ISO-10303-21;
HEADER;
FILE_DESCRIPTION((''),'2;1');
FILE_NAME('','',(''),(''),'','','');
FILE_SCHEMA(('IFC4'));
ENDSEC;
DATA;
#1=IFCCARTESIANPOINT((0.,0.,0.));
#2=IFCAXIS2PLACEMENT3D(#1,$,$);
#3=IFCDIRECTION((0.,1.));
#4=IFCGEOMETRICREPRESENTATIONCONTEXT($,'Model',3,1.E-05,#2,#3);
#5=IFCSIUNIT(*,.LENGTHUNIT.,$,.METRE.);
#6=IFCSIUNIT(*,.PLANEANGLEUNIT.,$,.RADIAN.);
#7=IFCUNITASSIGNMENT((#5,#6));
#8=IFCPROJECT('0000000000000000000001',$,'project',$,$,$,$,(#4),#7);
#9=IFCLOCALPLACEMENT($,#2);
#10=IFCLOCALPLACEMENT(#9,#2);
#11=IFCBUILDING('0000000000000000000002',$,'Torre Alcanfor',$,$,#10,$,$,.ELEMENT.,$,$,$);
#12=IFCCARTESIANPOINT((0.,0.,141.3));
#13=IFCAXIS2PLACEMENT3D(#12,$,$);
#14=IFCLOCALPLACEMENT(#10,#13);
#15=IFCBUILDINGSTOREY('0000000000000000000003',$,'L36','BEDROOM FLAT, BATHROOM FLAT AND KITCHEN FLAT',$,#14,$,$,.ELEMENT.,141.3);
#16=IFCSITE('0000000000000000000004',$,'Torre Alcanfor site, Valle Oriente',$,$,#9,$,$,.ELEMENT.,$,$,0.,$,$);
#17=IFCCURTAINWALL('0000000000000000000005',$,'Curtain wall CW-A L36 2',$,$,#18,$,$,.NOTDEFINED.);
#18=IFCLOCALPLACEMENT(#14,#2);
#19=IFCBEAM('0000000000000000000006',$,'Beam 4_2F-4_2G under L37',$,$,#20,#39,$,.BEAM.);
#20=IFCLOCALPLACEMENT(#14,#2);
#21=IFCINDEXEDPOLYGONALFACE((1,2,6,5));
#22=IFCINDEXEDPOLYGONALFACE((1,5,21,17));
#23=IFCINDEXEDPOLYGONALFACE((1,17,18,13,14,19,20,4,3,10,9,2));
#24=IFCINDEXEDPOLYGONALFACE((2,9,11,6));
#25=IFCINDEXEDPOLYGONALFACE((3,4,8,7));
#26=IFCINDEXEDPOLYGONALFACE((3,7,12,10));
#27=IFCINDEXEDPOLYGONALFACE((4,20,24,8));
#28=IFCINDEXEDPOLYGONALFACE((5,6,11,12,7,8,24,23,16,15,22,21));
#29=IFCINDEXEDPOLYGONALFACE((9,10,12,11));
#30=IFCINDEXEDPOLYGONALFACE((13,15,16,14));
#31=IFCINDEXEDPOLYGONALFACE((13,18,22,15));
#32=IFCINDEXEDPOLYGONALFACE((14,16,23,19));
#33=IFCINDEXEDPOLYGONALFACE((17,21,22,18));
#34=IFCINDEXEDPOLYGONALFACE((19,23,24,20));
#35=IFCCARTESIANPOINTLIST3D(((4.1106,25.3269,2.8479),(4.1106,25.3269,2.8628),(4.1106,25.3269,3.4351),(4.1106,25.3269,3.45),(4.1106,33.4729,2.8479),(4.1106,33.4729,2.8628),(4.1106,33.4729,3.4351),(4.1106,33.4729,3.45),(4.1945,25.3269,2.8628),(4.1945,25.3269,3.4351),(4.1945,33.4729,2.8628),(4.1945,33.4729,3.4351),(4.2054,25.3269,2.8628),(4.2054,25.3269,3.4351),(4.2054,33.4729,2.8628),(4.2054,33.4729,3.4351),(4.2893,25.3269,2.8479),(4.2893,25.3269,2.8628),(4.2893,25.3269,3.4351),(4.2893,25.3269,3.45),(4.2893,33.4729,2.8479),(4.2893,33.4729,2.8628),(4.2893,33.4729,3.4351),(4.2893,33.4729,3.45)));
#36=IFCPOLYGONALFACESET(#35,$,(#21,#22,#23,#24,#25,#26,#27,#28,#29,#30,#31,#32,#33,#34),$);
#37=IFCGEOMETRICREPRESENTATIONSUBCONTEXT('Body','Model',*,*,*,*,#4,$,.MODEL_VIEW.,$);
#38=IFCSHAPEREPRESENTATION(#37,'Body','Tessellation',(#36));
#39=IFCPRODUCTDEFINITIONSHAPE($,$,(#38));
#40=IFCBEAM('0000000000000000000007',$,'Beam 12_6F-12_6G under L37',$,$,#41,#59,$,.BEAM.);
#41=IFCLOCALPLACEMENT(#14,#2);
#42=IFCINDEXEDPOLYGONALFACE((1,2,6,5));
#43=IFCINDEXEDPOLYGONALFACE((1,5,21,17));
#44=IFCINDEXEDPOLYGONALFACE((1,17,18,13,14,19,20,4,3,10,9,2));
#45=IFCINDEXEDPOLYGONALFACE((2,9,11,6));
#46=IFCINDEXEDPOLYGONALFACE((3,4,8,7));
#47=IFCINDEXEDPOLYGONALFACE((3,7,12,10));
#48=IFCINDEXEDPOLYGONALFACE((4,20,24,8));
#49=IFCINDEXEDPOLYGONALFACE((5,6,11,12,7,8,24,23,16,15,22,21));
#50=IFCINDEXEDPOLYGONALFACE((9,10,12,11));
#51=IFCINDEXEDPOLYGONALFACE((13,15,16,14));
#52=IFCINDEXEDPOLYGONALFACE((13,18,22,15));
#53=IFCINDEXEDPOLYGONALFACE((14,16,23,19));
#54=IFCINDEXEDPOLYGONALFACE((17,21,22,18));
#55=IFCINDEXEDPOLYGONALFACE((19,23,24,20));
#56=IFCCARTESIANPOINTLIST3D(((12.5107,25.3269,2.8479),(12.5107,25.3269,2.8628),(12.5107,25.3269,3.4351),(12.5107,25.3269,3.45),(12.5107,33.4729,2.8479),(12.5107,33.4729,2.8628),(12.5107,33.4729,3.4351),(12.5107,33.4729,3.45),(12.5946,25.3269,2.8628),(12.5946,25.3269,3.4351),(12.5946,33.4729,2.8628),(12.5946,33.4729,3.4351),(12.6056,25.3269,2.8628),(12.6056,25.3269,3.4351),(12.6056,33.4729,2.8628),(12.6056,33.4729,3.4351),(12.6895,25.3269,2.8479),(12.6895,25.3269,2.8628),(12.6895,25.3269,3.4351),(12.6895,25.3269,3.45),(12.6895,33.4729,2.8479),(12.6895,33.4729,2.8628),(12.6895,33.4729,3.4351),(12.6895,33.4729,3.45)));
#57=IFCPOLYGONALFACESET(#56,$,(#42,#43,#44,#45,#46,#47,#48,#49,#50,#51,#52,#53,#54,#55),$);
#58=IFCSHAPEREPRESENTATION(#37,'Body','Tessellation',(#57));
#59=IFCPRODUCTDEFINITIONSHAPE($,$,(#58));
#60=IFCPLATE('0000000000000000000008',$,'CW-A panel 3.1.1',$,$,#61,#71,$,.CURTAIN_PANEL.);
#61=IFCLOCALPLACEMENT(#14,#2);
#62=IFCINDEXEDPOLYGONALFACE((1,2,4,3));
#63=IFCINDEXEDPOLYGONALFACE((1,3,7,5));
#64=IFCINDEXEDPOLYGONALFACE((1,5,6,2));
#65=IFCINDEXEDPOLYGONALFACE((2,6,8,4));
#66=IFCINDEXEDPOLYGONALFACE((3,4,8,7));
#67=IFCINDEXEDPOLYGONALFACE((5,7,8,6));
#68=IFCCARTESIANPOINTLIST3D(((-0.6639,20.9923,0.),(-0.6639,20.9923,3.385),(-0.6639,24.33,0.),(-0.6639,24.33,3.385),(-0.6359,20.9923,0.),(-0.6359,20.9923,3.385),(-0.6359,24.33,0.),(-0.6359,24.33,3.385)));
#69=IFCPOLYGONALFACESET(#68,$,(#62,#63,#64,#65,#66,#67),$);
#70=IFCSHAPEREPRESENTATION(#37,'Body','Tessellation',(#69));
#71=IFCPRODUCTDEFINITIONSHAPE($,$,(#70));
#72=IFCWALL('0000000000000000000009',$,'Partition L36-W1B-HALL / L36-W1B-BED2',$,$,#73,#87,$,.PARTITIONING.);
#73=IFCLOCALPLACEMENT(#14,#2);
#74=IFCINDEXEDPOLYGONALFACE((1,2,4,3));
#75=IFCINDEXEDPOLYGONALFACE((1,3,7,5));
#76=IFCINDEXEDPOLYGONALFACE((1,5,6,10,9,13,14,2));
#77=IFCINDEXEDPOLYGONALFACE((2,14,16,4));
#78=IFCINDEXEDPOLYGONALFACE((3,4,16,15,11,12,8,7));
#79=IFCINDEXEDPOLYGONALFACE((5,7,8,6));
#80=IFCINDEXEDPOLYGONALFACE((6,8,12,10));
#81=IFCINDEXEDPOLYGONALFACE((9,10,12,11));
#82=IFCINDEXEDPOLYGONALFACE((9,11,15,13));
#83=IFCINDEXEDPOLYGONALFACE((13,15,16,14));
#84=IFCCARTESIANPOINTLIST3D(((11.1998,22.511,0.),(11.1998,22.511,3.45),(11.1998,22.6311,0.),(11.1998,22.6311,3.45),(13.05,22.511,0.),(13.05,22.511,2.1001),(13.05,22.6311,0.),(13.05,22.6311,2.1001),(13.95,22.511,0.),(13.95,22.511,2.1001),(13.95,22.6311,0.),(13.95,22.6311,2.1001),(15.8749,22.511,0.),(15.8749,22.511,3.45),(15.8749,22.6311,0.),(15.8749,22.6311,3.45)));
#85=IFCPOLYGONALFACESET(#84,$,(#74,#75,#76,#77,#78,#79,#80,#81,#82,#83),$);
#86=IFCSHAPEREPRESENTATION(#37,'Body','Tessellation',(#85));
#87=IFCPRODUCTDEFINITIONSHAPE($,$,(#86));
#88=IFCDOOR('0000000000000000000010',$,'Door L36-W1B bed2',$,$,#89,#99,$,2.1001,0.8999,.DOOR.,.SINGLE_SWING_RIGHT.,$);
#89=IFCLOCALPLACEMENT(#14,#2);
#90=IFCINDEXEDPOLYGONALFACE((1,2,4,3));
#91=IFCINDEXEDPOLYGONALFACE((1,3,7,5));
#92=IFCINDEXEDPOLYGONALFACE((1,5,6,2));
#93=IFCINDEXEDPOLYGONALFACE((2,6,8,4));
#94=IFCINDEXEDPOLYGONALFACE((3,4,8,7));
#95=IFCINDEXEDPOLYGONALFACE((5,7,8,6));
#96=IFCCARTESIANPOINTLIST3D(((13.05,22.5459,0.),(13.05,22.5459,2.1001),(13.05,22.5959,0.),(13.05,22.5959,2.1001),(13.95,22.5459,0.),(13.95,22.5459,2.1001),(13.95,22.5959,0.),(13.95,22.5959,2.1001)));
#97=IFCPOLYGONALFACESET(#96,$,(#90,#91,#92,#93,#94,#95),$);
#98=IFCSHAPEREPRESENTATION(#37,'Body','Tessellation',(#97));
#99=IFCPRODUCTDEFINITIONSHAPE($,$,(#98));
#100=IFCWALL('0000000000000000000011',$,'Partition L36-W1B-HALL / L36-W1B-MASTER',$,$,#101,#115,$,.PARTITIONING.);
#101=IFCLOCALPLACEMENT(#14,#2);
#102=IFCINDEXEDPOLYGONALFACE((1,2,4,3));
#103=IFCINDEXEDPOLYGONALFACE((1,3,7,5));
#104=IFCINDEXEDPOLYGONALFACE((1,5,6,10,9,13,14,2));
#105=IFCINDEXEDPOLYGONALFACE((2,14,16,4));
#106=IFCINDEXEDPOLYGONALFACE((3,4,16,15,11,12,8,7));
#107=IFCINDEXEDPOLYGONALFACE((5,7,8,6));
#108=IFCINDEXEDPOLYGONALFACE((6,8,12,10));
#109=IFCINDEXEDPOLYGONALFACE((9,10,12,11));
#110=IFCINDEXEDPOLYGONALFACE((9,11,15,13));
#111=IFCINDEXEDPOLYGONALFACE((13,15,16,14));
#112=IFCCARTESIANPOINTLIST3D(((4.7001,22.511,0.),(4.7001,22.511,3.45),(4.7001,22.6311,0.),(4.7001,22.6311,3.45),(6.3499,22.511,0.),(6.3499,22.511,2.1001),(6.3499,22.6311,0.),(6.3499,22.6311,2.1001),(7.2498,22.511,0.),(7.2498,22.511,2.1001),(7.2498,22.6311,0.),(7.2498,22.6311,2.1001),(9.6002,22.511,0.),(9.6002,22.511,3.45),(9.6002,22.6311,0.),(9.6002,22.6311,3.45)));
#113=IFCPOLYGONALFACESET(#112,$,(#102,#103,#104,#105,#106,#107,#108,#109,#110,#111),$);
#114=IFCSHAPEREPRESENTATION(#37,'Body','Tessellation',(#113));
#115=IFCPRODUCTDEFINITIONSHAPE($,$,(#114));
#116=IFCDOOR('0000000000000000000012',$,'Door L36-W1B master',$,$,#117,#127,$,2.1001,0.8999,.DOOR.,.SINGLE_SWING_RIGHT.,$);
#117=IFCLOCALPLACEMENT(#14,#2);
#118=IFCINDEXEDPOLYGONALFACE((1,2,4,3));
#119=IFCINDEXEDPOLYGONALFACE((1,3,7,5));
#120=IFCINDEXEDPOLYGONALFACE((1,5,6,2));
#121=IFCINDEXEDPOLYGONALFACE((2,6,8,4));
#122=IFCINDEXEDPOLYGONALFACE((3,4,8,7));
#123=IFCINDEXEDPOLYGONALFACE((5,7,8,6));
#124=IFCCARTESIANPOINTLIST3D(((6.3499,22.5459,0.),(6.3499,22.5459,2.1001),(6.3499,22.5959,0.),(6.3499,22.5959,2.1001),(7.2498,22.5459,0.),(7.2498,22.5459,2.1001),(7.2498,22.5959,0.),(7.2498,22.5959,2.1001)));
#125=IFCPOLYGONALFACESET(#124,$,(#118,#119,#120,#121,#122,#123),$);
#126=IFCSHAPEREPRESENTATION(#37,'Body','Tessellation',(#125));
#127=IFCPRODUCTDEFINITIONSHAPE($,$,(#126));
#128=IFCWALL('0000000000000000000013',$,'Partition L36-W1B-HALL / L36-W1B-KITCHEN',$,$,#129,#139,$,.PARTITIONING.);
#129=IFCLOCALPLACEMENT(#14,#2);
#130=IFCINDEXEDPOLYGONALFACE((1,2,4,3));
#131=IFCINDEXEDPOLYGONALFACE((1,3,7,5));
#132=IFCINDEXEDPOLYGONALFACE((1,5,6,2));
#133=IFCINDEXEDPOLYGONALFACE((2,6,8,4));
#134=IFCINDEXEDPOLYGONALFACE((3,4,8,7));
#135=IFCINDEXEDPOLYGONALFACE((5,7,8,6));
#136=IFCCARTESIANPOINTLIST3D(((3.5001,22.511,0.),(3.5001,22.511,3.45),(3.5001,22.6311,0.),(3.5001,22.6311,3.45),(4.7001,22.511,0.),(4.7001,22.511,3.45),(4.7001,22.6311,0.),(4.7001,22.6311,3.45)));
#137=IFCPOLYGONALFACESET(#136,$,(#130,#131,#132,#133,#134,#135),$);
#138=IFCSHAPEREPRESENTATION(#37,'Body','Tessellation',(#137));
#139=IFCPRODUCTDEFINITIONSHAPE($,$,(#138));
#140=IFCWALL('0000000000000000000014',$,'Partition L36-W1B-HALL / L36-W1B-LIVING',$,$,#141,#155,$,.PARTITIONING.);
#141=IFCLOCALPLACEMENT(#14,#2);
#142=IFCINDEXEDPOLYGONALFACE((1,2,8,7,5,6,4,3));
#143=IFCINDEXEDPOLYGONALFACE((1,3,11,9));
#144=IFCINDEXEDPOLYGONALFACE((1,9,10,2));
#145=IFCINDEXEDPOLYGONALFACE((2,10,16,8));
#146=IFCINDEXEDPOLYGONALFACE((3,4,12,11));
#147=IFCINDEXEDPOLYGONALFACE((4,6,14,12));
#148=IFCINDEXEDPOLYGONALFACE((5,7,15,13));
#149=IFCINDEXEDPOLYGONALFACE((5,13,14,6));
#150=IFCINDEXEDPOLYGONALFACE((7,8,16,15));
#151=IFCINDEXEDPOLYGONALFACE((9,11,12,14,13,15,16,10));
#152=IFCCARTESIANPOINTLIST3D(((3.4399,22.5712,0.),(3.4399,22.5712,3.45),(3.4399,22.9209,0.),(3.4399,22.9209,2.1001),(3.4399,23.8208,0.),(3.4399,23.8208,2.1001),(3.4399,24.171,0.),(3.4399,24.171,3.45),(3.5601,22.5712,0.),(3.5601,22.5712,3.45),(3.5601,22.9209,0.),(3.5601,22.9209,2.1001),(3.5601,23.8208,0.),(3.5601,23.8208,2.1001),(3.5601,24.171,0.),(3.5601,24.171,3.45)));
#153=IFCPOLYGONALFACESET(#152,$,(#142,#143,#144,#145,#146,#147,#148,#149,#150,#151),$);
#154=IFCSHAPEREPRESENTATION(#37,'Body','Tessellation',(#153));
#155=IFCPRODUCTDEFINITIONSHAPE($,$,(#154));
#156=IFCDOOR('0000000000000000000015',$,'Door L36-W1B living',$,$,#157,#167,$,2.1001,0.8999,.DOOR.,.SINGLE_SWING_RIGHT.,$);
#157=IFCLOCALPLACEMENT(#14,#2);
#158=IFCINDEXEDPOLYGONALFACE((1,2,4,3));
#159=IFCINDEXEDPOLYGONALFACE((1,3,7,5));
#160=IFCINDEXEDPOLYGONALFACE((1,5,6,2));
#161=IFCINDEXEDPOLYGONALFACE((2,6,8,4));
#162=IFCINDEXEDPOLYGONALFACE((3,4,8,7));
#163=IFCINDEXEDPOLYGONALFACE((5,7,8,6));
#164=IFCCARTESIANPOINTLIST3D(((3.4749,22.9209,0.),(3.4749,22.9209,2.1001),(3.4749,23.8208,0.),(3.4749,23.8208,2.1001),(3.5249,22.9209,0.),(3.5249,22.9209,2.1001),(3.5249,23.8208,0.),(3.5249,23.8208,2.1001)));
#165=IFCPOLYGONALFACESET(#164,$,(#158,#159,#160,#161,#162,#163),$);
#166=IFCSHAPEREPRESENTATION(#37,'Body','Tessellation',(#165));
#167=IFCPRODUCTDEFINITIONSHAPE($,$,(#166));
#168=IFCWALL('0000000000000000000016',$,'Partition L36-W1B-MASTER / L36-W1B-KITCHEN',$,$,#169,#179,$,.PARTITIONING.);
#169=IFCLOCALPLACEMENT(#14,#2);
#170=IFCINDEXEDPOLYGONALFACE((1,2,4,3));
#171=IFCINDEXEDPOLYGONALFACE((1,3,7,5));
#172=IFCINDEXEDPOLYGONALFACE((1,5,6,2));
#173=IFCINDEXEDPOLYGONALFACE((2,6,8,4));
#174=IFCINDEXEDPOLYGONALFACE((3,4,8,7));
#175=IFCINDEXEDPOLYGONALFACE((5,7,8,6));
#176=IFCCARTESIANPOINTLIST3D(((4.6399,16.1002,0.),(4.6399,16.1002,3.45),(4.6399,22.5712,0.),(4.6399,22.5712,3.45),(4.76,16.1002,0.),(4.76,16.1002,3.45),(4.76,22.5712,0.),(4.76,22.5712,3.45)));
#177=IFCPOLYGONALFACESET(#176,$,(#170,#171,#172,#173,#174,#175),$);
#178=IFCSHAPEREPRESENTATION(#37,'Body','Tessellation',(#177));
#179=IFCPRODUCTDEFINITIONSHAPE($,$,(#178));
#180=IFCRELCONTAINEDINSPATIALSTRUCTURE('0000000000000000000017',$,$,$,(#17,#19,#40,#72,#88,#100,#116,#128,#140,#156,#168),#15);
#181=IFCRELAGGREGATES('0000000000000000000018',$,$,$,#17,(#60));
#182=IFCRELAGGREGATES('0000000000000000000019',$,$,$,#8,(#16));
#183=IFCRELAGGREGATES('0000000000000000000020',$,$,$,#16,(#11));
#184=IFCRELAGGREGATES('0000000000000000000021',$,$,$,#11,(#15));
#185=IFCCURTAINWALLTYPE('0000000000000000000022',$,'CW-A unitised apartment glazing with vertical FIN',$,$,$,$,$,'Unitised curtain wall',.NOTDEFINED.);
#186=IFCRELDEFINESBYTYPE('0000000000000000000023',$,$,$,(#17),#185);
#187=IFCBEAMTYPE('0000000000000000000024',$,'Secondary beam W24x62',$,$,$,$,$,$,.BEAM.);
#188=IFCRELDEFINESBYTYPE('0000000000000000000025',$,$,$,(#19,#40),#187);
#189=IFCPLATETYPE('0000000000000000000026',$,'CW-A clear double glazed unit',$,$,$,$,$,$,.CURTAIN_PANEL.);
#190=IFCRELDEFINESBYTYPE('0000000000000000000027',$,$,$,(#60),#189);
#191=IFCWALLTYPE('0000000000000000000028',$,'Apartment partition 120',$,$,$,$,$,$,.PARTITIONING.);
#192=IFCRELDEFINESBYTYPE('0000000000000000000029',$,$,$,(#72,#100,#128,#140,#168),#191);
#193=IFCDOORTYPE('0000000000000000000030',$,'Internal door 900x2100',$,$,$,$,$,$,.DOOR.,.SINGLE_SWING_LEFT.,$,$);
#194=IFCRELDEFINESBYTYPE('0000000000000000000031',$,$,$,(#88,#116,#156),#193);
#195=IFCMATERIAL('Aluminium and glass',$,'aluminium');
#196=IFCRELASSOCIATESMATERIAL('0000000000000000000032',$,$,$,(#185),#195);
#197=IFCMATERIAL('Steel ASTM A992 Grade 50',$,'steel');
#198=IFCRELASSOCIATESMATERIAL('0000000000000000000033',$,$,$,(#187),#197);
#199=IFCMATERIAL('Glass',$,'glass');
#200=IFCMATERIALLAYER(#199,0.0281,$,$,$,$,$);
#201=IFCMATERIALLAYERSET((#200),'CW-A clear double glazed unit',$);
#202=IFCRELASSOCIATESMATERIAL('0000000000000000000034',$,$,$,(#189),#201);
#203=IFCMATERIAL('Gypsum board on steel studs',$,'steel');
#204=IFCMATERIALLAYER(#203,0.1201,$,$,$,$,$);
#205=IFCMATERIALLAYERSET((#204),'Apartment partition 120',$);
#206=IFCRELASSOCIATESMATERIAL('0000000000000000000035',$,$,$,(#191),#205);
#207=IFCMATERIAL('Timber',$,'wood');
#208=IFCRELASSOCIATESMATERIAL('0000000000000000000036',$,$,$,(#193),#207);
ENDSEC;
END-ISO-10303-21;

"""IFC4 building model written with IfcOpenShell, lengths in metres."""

from ifc_helpers import new_model, si_unit, direction, frame, frame_2d, origin, origin_2d, place, context, subcontext, project, spatial, rectangle, i_section, extrude, material, layer, layer_set, material_profile, profile_set, type_object, element, fill, aggregate, save


model = new_model("IFC4")

# Units and contexts
model_context = context("Model", 3, precision=1e-05, world=origin(), true_north=direction((0.0, 1.0)))
body_context = subcontext(model_context, "Body", "Model", "MODEL_VIEW")
ifc_project = project(units=[si_unit("LENGTHUNIT", "METRE"), si_unit("PLANEANGLEUNIT", "RADIAN")], contexts=[model_context])

# Site, building, storey
site_placement = place(None, origin())
site = spatial("IfcSite", under=ifc_project, at=site_placement, Name="Torre Alcanfor site, Valle Oriente", CompositionType="ELEMENT", RefElevation=0.0)
building_placement = place(site_placement, origin())
building = spatial("IfcBuilding", under=site, at=building_placement, Name="Torre Alcanfor", CompositionType="ELEMENT")
storey_placement = place(building_placement, frame((0.0, 0.0, 141.3)))
storey = spatial("IfcBuildingStorey", under=building, at=storey_placement, Name="L36", Description="BEDROOM FLAT, BATHROOM FLAT AND KITCHEN FLAT", CompositionType="ELEMENT", Elevation=141.3)

# Curtain wall
ifc_material_1 = material(Name="Aluminium and glass", Category="aluminium")
curtain_wall_type = type_object("IfcCurtainWallType", Name="CW-A unitised apartment glazing with vertical FIN", ElementType="Unitised curtain wall", PredefinedType="NOTDEFINED", material=ifc_material_1)
curtain_wall_placement = place(storey_placement, origin())
curtain_wall = element("IfcCurtainWall", 1, at=curtain_wall_placement, inside=storey, type_object=curtain_wall_type, Name="Curtain wall CW-A L36 2", PredefinedType="NOTDEFINED")

# Beams
ifc_material_2 = material(Name="Steel ASTM A992 Grade 50", Category="steel")
ifc_material_profile_1 = material_profile(ifc_material_2, i_section(OverallWidth=0.1787, OverallDepth=0.6021, WebThickness=0.011, FlangeThickness=0.0149, at=origin_2d()), Name="W24x62")
ifc_profile_set_1 = profile_set([ifc_material_profile_1], Name="Steel ASTM A992 Grade 50")
beam_type_1 = type_object("IfcBeamType", Name="Secondary beam W24x62", PredefinedType="BEAM", material=ifc_profile_set_1)
for number, where, z_axis, x_axis, name in (
    (2, (4.2, 25.3269, 3.1489), (0.0, 1.0, 0.0), (-1.0, 0.0, 0.0), "Beam 4_2F-4_2G under L37"),
    (3, (12.6001, 25.3269, 3.1489), (0.0, 1.0, 0.0), (-1.0, 0.0, 0.0), "Beam 12_6F-12_6G under L37"),
):
    element("IfcBeam", number, at=place(storey_placement, frame(where, z_axis=z_axis, x_axis=x_axis)), inside=storey, type_object=beam_type_1, Name=name, PredefinedType="BEAM", context=body_context, shape_type="SweptSolid", body=[
        extrude(i_section(OverallWidth=0.1787, OverallDepth=0.6021, WebThickness=0.011, FlangeThickness=0.0149, at=origin_2d()), origin(), (0.0, 0.0, 1.0), 8.146),
    ])

# Plate
ifc_material_3 = material(Name="Glass", Category="glass")
ifc_layer_1 = layer(ifc_material_3, 0.0281)
ifc_layer_set_1 = layer_set([ifc_layer_1], Name="CW-A clear double glazed unit")
plate_type = type_object("IfcPlateType", Name="CW-A clear double glazed unit", PredefinedType="CURTAIN_PANEL", material=ifc_layer_set_1)
plate_placement = place(storey_placement, frame((-0.6499, 22.6611, 0.0), z_axis=(0.0, 0.0, 1.0), x_axis=(0.0, -1.0, 0.0)))
plate = element("IfcPlate", 4, at=plate_placement, type_object=plate_type, Name="CW-A panel 3.1.1", PredefinedType="CURTAIN_PANEL", context=body_context, shape_type="SweptSolid", body=[
    extrude(rectangle(XDim=3.3376, YDim=0.0281, at=origin_2d()), origin(), (0.0, 0.0, 1.0), 3.385),
])
aggregate(curtain_wall, [plate])

# Walls, openings, doors
ifc_material_4 = material(Name="Gypsum board on steel studs", Category="steel")
ifc_layer_2 = layer(ifc_material_4, 0.1201)
ifc_layer_set_2 = layer_set([ifc_layer_2], Name="Apartment partition 120")
wall_type_1 = type_object("IfcWallType", Name="Apartment partition 120", PredefinedType="PARTITIONING", material=ifc_layer_set_2)
wall_1_placement = place(storey_placement, frame((11.2, 22.571, 0.0), z_axis=(0.0, 0.0, 1.0), x_axis=(1.0, 0.0, 0.0)))
wall_1 = element("IfcWall", 5, at=wall_1_placement, inside=storey, type_object=wall_type_1, Name="Partition L36-W1B-HALL / L36-W1B-BED2", PredefinedType="PARTITIONING", context=body_context, shape_type="SweptSolid", body=[
    extrude(rectangle(XDim=4.675, YDim=0.1201, at=frame_2d((2.3374, 0.0))), origin(), (0.0, 0.0, 1.0), 3.45),
])
opening_1_placement = place(wall_1_placement, frame((1.8501, 0.0, 0.0)))
opening_1 = element("IfcOpeningElement", 6, at=opening_1_placement, cuts=wall_1, PredefinedType="OPENING", context=body_context, shape_type="SweptSolid", body=[
    extrude(rectangle(XDim=0.8999, YDim=2.1001, at=frame_2d((0.45, 1.05))), frame((0.0, 0.0701, 0.0), z_axis=(0.0, -1.0, 0.0), x_axis=(1.0, 0.0, 0.0)), (0.0, 0.0, 1.0), 0.1401),
])
ifc_material_5 = material(Name="Timber", Category="wood")
door_type_1 = type_object("IfcDoorType", Name="Internal door 900x2100", OperationType="SINGLE_SWING_LEFT", PredefinedType="DOOR", material=ifc_material_5)
door_1_placement = place(opening_1_placement, frame((0.8999, 0.0, 0.0), z_axis=(0.0, 0.0, 1.0), x_axis=(-1.0, 0.0, 0.0)))
door_1 = element("IfcDoor", 7, at=door_1_placement, inside=storey, type_object=door_type_1, Name="Door L36-W1B bed2", OperationType="SINGLE_SWING_RIGHT", OverallHeight=2.1001, OverallWidth=0.8999, PredefinedType="DOOR", context=body_context, shape_type="SweptSolid", body=[
    extrude(rectangle(XDim=0.8999, YDim=2.1001, at=frame_2d((0.45, 1.05))), frame((0.0, 0.0251, 0.0), z_axis=(0.0, -1.0, 0.0), x_axis=(1.0, 0.0, 0.0)), (0.0, 0.0, 1.0), 0.05),
])
fill(opening_1, door_1)
wall_2_placement = place(storey_placement, frame((4.7, 22.571, 0.0), z_axis=(0.0, 0.0, 1.0), x_axis=(1.0, 0.0, 0.0)))
wall_2 = element("IfcWall", 8, at=wall_2_placement, inside=storey, type_object=wall_type_1, Name="Partition L36-W1B-HALL / L36-W1B-MASTER", PredefinedType="PARTITIONING", context=body_context, shape_type="SweptSolid", body=[
    extrude(rectangle(XDim=4.9001, YDim=0.1201, at=frame_2d((2.4502, 0.0))), origin(), (0.0, 0.0, 1.0), 3.45),
])
opening_2_placement = place(wall_2_placement, frame((1.6499, 0.0, 0.0)))
opening_2 = element("IfcOpeningElement", 9, at=opening_2_placement, cuts=wall_2, PredefinedType="OPENING", context=body_context, shape_type="SweptSolid", body=[
    extrude(rectangle(XDim=0.8999, YDim=2.1001, at=frame_2d((0.45, 1.05))), frame((0.0, 0.0701, 0.0), z_axis=(0.0, -1.0, 0.0), x_axis=(1.0, 0.0, 0.0)), (0.0, 0.0, 1.0), 0.1401),
])
door_2_placement = place(opening_2_placement, frame((0.8999, 0.0, 0.0), z_axis=(0.0, 0.0, 1.0), x_axis=(-1.0, 0.0, 0.0)))
door_2 = element("IfcDoor", 10, at=door_2_placement, inside=storey, type_object=door_type_1, Name="Door L36-W1B master", OperationType="SINGLE_SWING_RIGHT", OverallHeight=2.1001, OverallWidth=0.8999, PredefinedType="DOOR", context=body_context, shape_type="SweptSolid", body=[
    extrude(rectangle(XDim=0.8999, YDim=2.1001, at=frame_2d((0.45, 1.05))), frame((0.0, 0.0251, 0.0), z_axis=(0.0, -1.0, 0.0), x_axis=(1.0, 0.0, 0.0)), (0.0, 0.0, 1.0), 0.05),
])
fill(opening_2, door_2)

# Wall
wall_3_placement = place(storey_placement, frame((3.5, 22.571, 0.0), z_axis=(0.0, 0.0, 1.0), x_axis=(1.0, 0.0, 0.0)))
element("IfcWall", 11, at=wall_3_placement, inside=storey, type_object=wall_type_1, Name="Partition L36-W1B-HALL / L36-W1B-KITCHEN", PredefinedType="PARTITIONING", context=body_context, shape_type="SweptSolid", body=[
    extrude(rectangle(XDim=1.2, YDim=0.1201, at=frame_2d((0.6001, 0.0))), origin(), (0.0, 0.0, 1.0), 3.45),
])

# Wall, opening, door
wall_4_placement = place(storey_placement, frame((3.5, 24.1709, 0.0), z_axis=(0.0, 0.0, 1.0), x_axis=(0.0, -1.0, 0.0)))
wall_4 = element("IfcWall", 12, at=wall_4_placement, inside=storey, type_object=wall_type_1, Name="Partition L36-W1B-HALL / L36-W1B-LIVING", PredefinedType="PARTITIONING", context=body_context, shape_type="SweptSolid", body=[
    extrude(rectangle(XDim=1.5999, YDim=0.1201, at=frame_2d((0.7998, 0.0))), origin(), (0.0, 0.0, 1.0), 3.45),
])
opening_3_placement = place(wall_4_placement, frame((0.3501, 0.0, 0.0)))
opening_3 = element("IfcOpeningElement", 13, at=opening_3_placement, cuts=wall_4, PredefinedType="OPENING", context=body_context, shape_type="SweptSolid", body=[
    extrude(rectangle(XDim=0.8999, YDim=2.1001, at=frame_2d((0.45, 1.05))), frame((0.0, 0.0701, 0.0), z_axis=(0.0, -1.0, 0.0), x_axis=(1.0, 0.0, 0.0)), (0.0, 0.0, 1.0), 0.1401),
])
door_3_placement = place(opening_3_placement, frame((0.8999, 0.0, 0.0), z_axis=(0.0, 0.0, 1.0), x_axis=(-1.0, 0.0, 0.0)))
door_3 = element("IfcDoor", 14, at=door_3_placement, inside=storey, type_object=door_type_1, Name="Door L36-W1B living", OperationType="SINGLE_SWING_RIGHT", OverallHeight=2.1001, OverallWidth=0.8999, PredefinedType="DOOR", context=body_context, shape_type="SweptSolid", body=[
    extrude(rectangle(XDim=0.8999, YDim=2.1001, at=frame_2d((0.45, 1.05))), frame((0.0, 0.0251, 0.0), z_axis=(0.0, -1.0, 0.0), x_axis=(1.0, 0.0, 0.0)), (0.0, 0.0, 1.0), 0.05),
])
fill(opening_3, door_3)

# Wall
wall_5_placement = place(storey_placement, frame((4.7, 22.571, 0.0), z_axis=(0.0, 0.0, 1.0), x_axis=(0.0, -1.0, 0.0)))
element("IfcWall", 15, at=wall_5_placement, inside=storey, type_object=wall_type_1, Name="Partition L36-W1B-MASTER / L36-W1B-KITCHEN", PredefinedType="PARTITIONING", context=body_context, shape_type="SweptSolid", body=[
    extrude(rectangle(XDim=6.4709, YDim=0.1201, at=frame_2d((3.2354, 0.0))), origin(), (0.0, 0.0, 1.0), 3.45),
])

save(model, "model.ifc")
